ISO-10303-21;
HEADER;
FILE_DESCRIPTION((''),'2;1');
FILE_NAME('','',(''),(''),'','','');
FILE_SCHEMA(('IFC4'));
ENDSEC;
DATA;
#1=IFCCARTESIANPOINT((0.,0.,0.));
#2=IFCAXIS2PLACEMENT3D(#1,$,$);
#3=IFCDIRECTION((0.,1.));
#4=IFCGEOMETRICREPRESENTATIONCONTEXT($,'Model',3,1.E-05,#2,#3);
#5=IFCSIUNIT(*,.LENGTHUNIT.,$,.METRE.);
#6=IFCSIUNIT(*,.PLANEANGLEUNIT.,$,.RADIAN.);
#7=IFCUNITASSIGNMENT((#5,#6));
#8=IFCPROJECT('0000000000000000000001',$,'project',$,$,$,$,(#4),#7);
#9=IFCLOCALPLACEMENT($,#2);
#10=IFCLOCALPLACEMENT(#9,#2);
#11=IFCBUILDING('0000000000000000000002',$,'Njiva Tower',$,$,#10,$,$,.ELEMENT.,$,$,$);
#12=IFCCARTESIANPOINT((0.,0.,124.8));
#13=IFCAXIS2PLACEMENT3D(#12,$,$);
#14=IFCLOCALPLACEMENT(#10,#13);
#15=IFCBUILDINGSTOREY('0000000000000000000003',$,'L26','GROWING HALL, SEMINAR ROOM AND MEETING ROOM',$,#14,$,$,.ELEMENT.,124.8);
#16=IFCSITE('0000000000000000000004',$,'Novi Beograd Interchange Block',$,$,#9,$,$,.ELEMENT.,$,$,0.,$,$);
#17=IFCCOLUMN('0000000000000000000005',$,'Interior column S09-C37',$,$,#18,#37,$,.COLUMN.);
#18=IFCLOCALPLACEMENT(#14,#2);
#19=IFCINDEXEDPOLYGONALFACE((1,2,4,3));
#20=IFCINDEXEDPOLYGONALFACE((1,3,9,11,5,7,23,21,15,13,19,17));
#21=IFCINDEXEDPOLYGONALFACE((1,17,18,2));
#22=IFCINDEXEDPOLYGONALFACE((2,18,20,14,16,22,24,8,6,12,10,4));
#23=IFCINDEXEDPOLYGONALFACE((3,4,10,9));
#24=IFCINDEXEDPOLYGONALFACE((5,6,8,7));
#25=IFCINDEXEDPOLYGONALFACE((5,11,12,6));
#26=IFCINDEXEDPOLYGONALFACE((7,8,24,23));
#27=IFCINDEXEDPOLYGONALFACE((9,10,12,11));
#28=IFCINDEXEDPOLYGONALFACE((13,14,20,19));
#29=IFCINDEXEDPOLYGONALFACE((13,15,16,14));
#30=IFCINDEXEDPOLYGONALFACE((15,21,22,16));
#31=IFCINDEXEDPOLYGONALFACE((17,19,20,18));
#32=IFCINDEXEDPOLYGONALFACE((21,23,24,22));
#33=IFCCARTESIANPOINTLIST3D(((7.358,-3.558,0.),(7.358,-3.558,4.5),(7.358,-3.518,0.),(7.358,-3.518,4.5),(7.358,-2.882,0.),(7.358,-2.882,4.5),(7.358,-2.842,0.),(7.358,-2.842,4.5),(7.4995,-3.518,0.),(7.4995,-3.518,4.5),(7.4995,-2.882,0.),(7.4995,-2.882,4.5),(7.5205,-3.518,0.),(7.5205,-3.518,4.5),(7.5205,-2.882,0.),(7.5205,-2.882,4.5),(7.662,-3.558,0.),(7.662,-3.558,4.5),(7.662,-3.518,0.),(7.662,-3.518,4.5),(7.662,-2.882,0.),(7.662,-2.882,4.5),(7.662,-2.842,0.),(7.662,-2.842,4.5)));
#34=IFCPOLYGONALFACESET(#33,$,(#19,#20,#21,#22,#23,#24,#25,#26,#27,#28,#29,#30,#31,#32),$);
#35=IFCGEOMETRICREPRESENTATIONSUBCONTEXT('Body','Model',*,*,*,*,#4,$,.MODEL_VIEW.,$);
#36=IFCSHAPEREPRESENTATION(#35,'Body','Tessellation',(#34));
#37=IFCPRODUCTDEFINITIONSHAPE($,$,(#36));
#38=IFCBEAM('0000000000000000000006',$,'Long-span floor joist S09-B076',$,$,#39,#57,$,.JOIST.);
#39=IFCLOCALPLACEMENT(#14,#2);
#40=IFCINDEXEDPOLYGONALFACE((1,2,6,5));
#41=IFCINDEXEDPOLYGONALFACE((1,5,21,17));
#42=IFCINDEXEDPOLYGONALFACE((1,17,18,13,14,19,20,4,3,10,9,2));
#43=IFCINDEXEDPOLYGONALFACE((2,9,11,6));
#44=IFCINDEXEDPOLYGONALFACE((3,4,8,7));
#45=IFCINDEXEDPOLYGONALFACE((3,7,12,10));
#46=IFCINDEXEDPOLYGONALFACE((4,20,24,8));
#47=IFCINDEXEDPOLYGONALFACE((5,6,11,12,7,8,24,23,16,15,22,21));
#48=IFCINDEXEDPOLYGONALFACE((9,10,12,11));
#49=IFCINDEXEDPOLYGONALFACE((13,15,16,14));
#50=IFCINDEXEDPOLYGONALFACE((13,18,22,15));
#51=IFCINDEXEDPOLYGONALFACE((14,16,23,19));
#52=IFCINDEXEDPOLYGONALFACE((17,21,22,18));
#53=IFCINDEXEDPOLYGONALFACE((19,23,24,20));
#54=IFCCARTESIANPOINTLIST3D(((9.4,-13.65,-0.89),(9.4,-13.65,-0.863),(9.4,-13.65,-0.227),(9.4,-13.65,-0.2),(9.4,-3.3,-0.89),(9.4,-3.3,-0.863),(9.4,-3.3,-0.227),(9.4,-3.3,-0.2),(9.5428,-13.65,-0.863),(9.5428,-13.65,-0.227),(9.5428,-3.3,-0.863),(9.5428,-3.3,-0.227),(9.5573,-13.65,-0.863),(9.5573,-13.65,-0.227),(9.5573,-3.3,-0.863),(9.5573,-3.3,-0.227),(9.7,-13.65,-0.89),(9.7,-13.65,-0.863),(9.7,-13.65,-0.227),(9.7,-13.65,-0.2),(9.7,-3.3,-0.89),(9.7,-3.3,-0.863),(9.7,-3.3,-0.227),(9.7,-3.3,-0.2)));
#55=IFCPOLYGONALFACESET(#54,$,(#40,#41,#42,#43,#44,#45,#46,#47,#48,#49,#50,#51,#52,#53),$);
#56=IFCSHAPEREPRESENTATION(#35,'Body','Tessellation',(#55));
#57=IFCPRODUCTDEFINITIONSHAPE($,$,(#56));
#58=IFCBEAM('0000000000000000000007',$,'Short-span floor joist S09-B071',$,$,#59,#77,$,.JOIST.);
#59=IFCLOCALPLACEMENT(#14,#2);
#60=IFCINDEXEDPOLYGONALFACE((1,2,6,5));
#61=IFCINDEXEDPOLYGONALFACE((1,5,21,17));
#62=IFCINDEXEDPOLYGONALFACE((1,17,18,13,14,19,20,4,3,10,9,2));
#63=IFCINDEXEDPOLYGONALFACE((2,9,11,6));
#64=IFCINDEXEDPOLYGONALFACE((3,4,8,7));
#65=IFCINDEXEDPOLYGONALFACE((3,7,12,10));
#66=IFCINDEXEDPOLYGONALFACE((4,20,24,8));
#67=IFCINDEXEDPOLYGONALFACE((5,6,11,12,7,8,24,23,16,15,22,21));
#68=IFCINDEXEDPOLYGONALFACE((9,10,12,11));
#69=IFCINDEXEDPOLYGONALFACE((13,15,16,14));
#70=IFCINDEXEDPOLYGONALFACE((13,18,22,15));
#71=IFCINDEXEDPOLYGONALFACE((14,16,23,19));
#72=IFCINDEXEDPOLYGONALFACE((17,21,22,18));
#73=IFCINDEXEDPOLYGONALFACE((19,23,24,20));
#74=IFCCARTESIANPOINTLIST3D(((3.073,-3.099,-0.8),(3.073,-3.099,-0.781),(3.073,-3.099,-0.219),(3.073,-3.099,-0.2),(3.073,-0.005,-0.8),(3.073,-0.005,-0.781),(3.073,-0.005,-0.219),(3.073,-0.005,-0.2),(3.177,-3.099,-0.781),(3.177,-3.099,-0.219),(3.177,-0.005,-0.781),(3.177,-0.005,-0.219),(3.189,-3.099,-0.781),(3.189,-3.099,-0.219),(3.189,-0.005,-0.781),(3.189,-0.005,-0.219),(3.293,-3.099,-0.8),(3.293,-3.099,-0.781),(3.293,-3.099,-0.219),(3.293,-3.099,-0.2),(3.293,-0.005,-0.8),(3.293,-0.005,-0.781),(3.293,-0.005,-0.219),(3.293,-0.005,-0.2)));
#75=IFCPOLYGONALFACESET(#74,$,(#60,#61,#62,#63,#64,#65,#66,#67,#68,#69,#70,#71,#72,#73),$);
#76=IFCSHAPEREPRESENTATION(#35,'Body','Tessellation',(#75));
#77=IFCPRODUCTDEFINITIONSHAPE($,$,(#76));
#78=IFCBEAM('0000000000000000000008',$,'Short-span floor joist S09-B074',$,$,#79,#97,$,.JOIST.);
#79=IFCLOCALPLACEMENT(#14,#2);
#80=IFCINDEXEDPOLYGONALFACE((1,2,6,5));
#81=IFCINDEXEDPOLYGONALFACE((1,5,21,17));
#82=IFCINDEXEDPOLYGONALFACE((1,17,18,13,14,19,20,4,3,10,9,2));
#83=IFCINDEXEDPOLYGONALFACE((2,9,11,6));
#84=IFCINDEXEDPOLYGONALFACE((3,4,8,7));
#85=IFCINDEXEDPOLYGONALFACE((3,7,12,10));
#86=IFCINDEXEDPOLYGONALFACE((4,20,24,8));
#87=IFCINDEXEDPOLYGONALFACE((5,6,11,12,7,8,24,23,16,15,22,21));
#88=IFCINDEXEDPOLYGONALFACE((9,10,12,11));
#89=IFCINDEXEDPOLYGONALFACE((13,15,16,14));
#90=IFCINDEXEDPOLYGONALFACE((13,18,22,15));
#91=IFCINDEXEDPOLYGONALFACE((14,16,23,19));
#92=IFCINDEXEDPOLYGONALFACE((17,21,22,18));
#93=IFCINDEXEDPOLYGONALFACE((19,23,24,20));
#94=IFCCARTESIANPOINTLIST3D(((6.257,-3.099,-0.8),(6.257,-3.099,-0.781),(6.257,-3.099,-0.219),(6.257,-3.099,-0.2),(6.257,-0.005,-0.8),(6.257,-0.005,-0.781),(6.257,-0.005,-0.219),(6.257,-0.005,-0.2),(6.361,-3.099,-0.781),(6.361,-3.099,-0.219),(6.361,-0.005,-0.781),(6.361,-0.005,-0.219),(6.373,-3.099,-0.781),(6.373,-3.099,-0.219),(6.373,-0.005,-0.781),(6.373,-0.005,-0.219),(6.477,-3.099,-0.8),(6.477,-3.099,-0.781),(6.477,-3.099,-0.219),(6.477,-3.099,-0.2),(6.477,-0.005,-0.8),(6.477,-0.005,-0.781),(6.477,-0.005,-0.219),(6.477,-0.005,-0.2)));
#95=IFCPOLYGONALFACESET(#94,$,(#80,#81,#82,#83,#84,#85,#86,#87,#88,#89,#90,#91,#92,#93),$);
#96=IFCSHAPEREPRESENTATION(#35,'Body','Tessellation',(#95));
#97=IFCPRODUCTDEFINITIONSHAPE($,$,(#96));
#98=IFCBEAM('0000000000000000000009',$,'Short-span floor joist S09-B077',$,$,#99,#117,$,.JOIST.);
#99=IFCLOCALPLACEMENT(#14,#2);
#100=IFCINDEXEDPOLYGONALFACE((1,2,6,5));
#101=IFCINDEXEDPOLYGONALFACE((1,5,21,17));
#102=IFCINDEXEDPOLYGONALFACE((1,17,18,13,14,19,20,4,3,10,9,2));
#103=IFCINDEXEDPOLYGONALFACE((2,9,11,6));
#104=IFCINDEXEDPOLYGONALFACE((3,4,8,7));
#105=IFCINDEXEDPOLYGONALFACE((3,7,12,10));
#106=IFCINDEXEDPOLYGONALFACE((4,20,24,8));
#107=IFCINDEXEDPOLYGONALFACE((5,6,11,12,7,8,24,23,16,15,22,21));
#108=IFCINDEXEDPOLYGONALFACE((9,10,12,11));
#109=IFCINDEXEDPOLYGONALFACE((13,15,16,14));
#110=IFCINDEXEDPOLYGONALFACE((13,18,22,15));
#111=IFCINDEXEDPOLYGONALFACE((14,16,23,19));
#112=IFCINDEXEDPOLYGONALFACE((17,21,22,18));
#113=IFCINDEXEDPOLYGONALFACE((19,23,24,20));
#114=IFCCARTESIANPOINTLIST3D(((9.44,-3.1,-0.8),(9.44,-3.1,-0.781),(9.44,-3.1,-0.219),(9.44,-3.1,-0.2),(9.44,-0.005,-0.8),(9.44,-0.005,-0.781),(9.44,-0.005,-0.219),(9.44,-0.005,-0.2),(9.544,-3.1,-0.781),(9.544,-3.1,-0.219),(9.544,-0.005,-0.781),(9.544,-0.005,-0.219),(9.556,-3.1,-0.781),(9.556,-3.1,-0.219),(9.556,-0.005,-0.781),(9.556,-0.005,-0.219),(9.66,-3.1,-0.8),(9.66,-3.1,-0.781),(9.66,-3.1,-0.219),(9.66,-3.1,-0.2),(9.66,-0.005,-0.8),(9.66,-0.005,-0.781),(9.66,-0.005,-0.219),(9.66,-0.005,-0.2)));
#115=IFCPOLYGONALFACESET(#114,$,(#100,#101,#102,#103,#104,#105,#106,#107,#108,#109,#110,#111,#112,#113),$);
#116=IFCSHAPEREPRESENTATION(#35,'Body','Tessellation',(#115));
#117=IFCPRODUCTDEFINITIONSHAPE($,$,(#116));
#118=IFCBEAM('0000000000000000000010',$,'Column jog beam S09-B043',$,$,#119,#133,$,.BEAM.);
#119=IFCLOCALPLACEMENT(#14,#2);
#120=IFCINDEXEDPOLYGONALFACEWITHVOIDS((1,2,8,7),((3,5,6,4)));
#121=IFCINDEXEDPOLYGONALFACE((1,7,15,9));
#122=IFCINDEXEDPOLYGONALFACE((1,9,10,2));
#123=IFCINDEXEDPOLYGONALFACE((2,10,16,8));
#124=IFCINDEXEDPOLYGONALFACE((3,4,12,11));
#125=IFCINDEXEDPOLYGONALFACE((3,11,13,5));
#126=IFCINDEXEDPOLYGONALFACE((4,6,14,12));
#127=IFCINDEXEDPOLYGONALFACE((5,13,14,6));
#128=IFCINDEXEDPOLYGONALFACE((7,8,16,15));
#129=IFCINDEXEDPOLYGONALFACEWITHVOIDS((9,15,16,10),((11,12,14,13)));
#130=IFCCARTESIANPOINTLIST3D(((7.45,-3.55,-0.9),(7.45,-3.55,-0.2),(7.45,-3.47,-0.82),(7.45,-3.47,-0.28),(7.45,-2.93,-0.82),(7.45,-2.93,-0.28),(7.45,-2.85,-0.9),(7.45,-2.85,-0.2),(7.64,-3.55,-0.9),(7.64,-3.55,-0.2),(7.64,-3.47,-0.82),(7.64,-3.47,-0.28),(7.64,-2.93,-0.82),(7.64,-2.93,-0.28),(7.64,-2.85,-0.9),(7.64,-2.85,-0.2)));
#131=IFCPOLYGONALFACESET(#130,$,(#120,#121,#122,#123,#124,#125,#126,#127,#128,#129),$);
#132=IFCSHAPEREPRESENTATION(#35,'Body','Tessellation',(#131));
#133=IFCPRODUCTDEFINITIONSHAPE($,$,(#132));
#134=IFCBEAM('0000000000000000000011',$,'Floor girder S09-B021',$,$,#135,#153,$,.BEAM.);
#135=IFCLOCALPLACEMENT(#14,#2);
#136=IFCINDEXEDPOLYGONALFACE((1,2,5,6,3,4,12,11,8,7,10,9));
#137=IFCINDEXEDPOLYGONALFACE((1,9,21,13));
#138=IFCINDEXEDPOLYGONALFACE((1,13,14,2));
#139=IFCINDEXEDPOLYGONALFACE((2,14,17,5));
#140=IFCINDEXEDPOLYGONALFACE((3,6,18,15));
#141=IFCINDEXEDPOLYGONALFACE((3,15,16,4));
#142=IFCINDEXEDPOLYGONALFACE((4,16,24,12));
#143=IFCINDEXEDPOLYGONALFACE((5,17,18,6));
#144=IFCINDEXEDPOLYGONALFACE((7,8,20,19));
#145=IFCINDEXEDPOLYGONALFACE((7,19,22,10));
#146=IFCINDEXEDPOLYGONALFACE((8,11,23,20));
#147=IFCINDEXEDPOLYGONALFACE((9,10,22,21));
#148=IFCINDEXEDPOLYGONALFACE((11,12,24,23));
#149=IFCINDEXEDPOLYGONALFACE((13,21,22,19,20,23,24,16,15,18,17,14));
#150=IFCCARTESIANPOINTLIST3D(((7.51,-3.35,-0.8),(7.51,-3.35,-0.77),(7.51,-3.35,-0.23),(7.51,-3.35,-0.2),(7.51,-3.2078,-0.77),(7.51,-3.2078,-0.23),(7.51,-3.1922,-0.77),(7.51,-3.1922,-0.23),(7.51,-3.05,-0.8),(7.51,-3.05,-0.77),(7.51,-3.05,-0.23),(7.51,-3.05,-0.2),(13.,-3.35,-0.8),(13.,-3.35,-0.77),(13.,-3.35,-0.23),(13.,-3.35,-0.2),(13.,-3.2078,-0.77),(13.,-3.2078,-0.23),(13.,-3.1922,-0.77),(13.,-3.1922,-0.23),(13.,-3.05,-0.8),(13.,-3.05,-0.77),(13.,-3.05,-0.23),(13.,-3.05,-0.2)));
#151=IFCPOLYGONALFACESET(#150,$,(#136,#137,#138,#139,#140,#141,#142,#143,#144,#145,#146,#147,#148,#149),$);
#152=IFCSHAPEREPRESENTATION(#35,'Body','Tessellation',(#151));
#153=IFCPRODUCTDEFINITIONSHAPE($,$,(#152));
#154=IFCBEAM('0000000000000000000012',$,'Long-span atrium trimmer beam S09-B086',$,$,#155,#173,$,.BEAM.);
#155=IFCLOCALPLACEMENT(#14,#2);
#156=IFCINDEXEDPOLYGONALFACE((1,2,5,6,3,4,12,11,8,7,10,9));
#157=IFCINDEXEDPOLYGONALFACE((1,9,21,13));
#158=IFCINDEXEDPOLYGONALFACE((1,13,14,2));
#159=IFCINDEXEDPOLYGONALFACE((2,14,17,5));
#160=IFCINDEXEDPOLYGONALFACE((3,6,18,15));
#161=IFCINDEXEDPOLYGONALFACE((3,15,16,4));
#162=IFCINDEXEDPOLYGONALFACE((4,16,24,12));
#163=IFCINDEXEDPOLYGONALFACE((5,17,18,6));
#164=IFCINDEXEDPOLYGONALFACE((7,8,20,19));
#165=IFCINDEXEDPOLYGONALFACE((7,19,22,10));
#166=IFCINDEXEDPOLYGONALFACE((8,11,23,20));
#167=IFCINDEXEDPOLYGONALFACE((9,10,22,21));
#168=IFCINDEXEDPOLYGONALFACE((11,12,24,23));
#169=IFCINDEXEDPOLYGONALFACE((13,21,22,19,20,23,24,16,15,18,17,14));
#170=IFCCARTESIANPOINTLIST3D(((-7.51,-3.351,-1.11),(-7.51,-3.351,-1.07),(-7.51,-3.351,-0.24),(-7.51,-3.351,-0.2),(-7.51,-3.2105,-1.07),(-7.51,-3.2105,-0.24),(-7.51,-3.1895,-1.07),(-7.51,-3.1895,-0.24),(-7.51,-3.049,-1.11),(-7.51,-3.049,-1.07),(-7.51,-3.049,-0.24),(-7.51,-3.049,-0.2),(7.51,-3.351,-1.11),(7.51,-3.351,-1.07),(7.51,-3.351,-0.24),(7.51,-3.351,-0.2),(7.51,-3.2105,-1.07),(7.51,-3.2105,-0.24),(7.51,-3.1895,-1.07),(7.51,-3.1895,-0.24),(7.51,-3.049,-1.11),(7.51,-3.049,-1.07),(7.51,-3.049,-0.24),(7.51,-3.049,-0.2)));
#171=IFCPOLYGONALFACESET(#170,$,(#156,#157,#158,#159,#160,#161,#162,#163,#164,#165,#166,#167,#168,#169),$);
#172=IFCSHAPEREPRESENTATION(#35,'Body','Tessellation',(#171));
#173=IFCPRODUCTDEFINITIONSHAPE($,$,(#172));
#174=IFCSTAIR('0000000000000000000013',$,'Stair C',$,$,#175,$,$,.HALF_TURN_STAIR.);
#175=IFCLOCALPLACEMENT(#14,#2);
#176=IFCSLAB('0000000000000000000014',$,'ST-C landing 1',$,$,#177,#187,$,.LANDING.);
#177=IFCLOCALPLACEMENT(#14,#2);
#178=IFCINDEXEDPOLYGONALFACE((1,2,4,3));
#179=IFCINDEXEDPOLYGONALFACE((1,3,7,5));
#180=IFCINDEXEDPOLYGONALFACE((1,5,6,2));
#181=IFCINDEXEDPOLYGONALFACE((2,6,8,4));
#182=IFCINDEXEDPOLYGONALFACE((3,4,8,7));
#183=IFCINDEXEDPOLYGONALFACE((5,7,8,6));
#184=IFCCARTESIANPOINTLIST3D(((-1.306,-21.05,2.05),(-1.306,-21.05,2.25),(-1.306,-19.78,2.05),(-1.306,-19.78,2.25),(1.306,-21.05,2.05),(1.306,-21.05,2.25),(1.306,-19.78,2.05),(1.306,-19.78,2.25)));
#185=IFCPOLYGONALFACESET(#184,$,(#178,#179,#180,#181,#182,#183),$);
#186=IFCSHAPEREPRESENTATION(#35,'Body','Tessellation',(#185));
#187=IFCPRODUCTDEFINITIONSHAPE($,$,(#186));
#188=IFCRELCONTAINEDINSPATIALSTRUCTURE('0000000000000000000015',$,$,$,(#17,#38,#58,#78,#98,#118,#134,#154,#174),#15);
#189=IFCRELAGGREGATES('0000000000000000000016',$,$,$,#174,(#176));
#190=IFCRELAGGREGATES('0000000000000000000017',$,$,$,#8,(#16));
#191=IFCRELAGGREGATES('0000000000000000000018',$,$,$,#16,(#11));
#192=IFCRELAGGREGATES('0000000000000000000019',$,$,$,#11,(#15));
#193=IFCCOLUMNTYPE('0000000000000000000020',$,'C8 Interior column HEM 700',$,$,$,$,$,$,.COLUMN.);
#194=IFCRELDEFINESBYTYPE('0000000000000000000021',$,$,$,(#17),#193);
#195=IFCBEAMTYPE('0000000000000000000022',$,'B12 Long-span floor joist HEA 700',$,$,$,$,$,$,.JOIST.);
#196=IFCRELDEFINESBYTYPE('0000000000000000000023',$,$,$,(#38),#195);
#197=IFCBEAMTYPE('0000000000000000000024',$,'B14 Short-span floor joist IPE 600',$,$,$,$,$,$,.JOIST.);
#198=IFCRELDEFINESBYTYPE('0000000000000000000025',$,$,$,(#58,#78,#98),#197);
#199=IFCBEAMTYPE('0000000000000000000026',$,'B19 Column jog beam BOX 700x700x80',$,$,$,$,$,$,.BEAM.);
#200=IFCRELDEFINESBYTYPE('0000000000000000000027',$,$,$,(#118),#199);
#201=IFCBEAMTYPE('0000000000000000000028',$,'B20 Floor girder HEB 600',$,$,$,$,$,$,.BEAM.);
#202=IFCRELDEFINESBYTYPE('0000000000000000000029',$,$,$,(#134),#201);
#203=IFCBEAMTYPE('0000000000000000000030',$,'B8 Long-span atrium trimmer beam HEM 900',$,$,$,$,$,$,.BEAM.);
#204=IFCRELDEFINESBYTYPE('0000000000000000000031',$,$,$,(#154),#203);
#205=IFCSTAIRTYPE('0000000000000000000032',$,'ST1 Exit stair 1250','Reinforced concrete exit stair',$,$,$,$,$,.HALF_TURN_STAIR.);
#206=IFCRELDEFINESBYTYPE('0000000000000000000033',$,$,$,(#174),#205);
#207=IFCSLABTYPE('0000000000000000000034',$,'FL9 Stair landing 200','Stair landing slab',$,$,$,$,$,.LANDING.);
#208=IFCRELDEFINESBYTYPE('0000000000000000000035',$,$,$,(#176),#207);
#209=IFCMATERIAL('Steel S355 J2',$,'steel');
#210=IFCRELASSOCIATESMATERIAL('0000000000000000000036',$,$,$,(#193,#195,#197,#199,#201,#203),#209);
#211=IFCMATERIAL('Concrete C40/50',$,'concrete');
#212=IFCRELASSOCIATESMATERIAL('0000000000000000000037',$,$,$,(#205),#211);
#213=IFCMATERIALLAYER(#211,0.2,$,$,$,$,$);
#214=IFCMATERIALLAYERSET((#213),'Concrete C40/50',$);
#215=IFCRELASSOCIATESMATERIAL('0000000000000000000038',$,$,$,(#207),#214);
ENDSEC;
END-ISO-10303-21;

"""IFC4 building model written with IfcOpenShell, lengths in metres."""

from ifc_helpers import new_model, si_unit, direction, frame, origin, origin_2d, place, context, subcontext, project, spatial, polyline, hollow_rectangle, i_section, outline, extrude, material, layer, layer_set, material_profile, profile_set, type_object, element, aggregate, save


model = new_model("IFC4")

# Units and contexts
model_context = context("Model", 3, precision=1e-05, world=origin(), true_north=direction((0.0, 1.0)))
body_context = subcontext(model_context, "Body", "Model", "MODEL_VIEW")
ifc_project = project(units=[si_unit("LENGTHUNIT", "METRE"), si_unit("PLANEANGLEUNIT", "RADIAN")], contexts=[model_context])

# Site, building, storey
site_placement = place(None, origin())
site = spatial("IfcSite", under=ifc_project, at=site_placement, Name="Novi Beograd Interchange Block", CompositionType="ELEMENT", RefElevation=0.0)
building_placement = place(site_placement, origin())
building = spatial("IfcBuilding", under=site, at=building_placement, Name="Njiva Tower", CompositionType="ELEMENT")
storey_placement = place(building_placement, frame((0.0, 0.0, 124.8)))
storey = spatial("IfcBuildingStorey", under=building, at=storey_placement, Name="L26", Description="GROWING HALL, SEMINAR ROOM AND MEETING ROOM", CompositionType="ELEMENT", Elevation=124.8)

# Column
ifc_material_1 = material(Name="Steel S355 J2", Category="steel")
ifc_material_profile_1 = material_profile(ifc_material_1, i_section(OverallWidth=0.304, OverallDepth=0.716, WebThickness=0.021, FlangeThickness=0.04, at=origin_2d()), Name="HEM 700")
ifc_profile_set_1 = profile_set([ifc_material_profile_1], Name="Steel S355 J2")
column_type = type_object("IfcColumnType", Name="C8 Interior column HEM 700", PredefinedType="COLUMN", material=ifc_profile_set_1)
column_placement = place(storey_placement, frame((7.51, -3.2, 0.0), z_axis=(0.0, 0.0, 1.0), x_axis=(1.0, 0.0, 0.0)))
element("IfcColumn", 1, at=column_placement, inside=storey, type_object=column_type, Name="Interior column S09-C37", PredefinedType="COLUMN", context=body_context, shape_type="SweptSolid", body=[
    extrude(i_section(OverallWidth=0.304, OverallDepth=0.716, WebThickness=0.021, FlangeThickness=0.04, at=origin_2d()), origin(), (0.0, 0.0, 1.0), 4.5),
])

# Beams
ifc_material_profile_2 = material_profile(ifc_material_1, i_section(OverallWidth=0.3, OverallDepth=0.69, WebThickness=0.0145, FlangeThickness=0.027, at=origin_2d()), Name="HEA 700")
ifc_profile_set_2 = profile_set([ifc_material_profile_2], Name="Steel S355 J2")
beam_type_1 = type_object("IfcBeamType", Name="B12 Long-span floor joist HEA 700", PredefinedType="JOIST", material=ifc_profile_set_2)
beam_1_placement = place(storey_placement, frame((9.55, -3.3, -0.545), z_axis=(0.0, -1.0, 0.0), x_axis=(1.0, 0.0, 0.0)))
element("IfcBeam", 2, at=beam_1_placement, inside=storey, type_object=beam_type_1, Name="Long-span floor joist S09-B076", PredefinedType="JOIST", context=body_context, shape_type="SweptSolid", body=[
    extrude(i_section(OverallWidth=0.3, OverallDepth=0.69, WebThickness=0.0145, FlangeThickness=0.027, at=origin_2d()), origin(), (0.0, 0.0, 1.0), 10.35),
])
ifc_material_profile_3 = material_profile(ifc_material_1, i_section(OverallWidth=0.22, OverallDepth=0.6, WebThickness=0.012, FlangeThickness=0.019, at=origin_2d()), Name="IPE 600")
ifc_profile_set_3 = profile_set([ifc_material_profile_3], Name="Steel S355 J2")
beam_type_2 = type_object("IfcBeamType", Name="B14 Short-span floor joist IPE 600", PredefinedType="JOIST", material=ifc_profile_set_3)
for number, where, z_axis, x_axis, name in (
    (3, (3.183, -0.005, -0.5), (0.0, -1.0, 0.0), (1.0, 0.0, 0.0), "Short-span floor joist S09-B071"),
    (4, (6.367, -0.005, -0.5), (0.0, -1.0, 0.0), (1.0, 0.0, 0.0), "Short-span floor joist S09-B074"),
):
    element("IfcBeam", number, at=place(storey_placement, frame(where, z_axis=z_axis, x_axis=x_axis)), inside=storey, type_object=beam_type_2, Name=name, PredefinedType="JOIST", context=body_context, shape_type="SweptSolid", body=[
        extrude(i_section(OverallWidth=0.22, OverallDepth=0.6, WebThickness=0.012, FlangeThickness=0.019, at=origin_2d()), origin(), (0.0, 0.0, 1.0), 3.094),
    ])
beam_2_placement = place(storey_placement, frame((9.55, -0.005, -0.5), z_axis=(0.0, -1.0, 0.0), x_axis=(1.0, 0.0, 0.0)))
element("IfcBeam", 5, at=beam_2_placement, inside=storey, type_object=beam_type_2, Name="Short-span floor joist S09-B077", PredefinedType="JOIST", context=body_context, shape_type="SweptSolid", body=[
    extrude(i_section(OverallWidth=0.22, OverallDepth=0.6, WebThickness=0.012, FlangeThickness=0.019, at=origin_2d()), origin(), (0.0, 0.0, 1.0), 3.095),
])
ifc_material_profile_4 = material_profile(ifc_material_1, hollow_rectangle(XDim=0.7, YDim=0.7, WallThickness=0.08, at=origin_2d()), Name="BOX 700x700x80")
ifc_profile_set_4 = profile_set([ifc_material_profile_4], Name="Steel S355 J2")
beam_type_3 = type_object("IfcBeamType", Name="B19 Column jog beam BOX 700x700x80", PredefinedType="BEAM", material=ifc_profile_set_4)
beam_3_placement = place(storey_placement, frame((7.64, -3.2, -0.55), z_axis=(-1.0, 0.0, 0.0), x_axis=(0.0, -1.0, 0.0)))
element("IfcBeam", 6, at=beam_3_placement, inside=storey, type_object=beam_type_3, Name="Column jog beam S09-B043", PredefinedType="BEAM", context=body_context, shape_type="SweptSolid", body=[
    extrude(hollow_rectangle(XDim=0.7, YDim=0.7, WallThickness=0.08, at=origin_2d()), origin(), (0.0, 0.0, 1.0), 0.19),
])
ifc_material_profile_5 = material_profile(ifc_material_1, i_section(OverallWidth=0.3, OverallDepth=0.6, WebThickness=0.0155, FlangeThickness=0.03, at=origin_2d()), Name="HEB 600")
ifc_profile_set_5 = profile_set([ifc_material_profile_5], Name="Steel S355 J2")
beam_type_4 = type_object("IfcBeamType", Name="B20 Floor girder HEB 600", PredefinedType="BEAM", material=ifc_profile_set_5)
beam_4_placement = place(storey_placement, frame((7.51, -3.2, -0.5), z_axis=(1.0, 0.0, 0.0), x_axis=(0.0, 1.0, 0.0)))
element("IfcBeam", 7, at=beam_4_placement, inside=storey, type_object=beam_type_4, Name="Floor girder S09-B021", PredefinedType="BEAM", context=body_context, shape_type="SweptSolid", body=[
    extrude(i_section(OverallWidth=0.3, OverallDepth=0.6, WebThickness=0.0155, FlangeThickness=0.03, at=origin_2d()), origin(), (0.0, 0.0, 1.0), 5.49),
])
ifc_material_profile_6 = material_profile(ifc_material_1, i_section(OverallWidth=0.302, OverallDepth=0.91, WebThickness=0.021, FlangeThickness=0.04, at=origin_2d()), Name="HEM 900")
ifc_profile_set_6 = profile_set([ifc_material_profile_6], Name="Steel S355 J2")
beam_type_5 = type_object("IfcBeamType", Name="B8 Long-span atrium trimmer beam HEM 900", PredefinedType="BEAM", material=ifc_profile_set_6)
beam_5_placement = place(storey_placement, frame((7.51, -3.2, -0.655), z_axis=(-1.0, 0.0, 0.0), x_axis=(0.0, -1.0, 0.0)))
element("IfcBeam", 8, at=beam_5_placement, inside=storey, type_object=beam_type_5, Name="Long-span atrium trimmer beam S09-B086", PredefinedType="BEAM", context=body_context, shape_type="SweptSolid", body=[
    extrude(i_section(OverallWidth=0.302, OverallDepth=0.91, WebThickness=0.021, FlangeThickness=0.04, at=origin_2d()), origin(), (0.0, 0.0, 1.0), 15.02),
])

# Stair, slab
ifc_material_2 = material(Name="Concrete C40/50", Category="concrete")
stair_type = type_object("IfcStairType", Name="ST1 Exit stair 1250", Description="Reinforced concrete exit stair", PredefinedType="HALF_TURN_STAIR", material=ifc_material_2)
stair_placement = place(storey_placement, origin())
stair = element("IfcStair", 9, at=stair_placement, inside=storey, type_object=stair_type, Name="Stair C", PredefinedType="HALF_TURN_STAIR")
ifc_layer_1 = layer(ifc_material_2, 0.2)
ifc_layer_set_1 = layer_set([ifc_layer_1], Name="Concrete C40/50")
slab_type = type_object("IfcSlabType", Name="FL9 Stair landing 200", Description="Stair landing slab", PredefinedType="LANDING", material=ifc_layer_set_1)
slab_placement = place(storey_placement, frame((0.0, 0.0, 2.05)))
slab = element("IfcSlab", 10, at=slab_placement, type_object=slab_type, Name="ST-C landing 1", PredefinedType="LANDING", context=body_context, shape_type="SweptSolid", body=[
    extrude(outline(polyline([(-1.306, -21.05), (1.306, -21.05), (1.306, -19.78), (-1.306, -19.78), (-1.306, -21.05)])), origin(), (0.0, 0.0, 1.0), 0.2),
])
aggregate(stair, [slab])

save(model, "model.ifc")
